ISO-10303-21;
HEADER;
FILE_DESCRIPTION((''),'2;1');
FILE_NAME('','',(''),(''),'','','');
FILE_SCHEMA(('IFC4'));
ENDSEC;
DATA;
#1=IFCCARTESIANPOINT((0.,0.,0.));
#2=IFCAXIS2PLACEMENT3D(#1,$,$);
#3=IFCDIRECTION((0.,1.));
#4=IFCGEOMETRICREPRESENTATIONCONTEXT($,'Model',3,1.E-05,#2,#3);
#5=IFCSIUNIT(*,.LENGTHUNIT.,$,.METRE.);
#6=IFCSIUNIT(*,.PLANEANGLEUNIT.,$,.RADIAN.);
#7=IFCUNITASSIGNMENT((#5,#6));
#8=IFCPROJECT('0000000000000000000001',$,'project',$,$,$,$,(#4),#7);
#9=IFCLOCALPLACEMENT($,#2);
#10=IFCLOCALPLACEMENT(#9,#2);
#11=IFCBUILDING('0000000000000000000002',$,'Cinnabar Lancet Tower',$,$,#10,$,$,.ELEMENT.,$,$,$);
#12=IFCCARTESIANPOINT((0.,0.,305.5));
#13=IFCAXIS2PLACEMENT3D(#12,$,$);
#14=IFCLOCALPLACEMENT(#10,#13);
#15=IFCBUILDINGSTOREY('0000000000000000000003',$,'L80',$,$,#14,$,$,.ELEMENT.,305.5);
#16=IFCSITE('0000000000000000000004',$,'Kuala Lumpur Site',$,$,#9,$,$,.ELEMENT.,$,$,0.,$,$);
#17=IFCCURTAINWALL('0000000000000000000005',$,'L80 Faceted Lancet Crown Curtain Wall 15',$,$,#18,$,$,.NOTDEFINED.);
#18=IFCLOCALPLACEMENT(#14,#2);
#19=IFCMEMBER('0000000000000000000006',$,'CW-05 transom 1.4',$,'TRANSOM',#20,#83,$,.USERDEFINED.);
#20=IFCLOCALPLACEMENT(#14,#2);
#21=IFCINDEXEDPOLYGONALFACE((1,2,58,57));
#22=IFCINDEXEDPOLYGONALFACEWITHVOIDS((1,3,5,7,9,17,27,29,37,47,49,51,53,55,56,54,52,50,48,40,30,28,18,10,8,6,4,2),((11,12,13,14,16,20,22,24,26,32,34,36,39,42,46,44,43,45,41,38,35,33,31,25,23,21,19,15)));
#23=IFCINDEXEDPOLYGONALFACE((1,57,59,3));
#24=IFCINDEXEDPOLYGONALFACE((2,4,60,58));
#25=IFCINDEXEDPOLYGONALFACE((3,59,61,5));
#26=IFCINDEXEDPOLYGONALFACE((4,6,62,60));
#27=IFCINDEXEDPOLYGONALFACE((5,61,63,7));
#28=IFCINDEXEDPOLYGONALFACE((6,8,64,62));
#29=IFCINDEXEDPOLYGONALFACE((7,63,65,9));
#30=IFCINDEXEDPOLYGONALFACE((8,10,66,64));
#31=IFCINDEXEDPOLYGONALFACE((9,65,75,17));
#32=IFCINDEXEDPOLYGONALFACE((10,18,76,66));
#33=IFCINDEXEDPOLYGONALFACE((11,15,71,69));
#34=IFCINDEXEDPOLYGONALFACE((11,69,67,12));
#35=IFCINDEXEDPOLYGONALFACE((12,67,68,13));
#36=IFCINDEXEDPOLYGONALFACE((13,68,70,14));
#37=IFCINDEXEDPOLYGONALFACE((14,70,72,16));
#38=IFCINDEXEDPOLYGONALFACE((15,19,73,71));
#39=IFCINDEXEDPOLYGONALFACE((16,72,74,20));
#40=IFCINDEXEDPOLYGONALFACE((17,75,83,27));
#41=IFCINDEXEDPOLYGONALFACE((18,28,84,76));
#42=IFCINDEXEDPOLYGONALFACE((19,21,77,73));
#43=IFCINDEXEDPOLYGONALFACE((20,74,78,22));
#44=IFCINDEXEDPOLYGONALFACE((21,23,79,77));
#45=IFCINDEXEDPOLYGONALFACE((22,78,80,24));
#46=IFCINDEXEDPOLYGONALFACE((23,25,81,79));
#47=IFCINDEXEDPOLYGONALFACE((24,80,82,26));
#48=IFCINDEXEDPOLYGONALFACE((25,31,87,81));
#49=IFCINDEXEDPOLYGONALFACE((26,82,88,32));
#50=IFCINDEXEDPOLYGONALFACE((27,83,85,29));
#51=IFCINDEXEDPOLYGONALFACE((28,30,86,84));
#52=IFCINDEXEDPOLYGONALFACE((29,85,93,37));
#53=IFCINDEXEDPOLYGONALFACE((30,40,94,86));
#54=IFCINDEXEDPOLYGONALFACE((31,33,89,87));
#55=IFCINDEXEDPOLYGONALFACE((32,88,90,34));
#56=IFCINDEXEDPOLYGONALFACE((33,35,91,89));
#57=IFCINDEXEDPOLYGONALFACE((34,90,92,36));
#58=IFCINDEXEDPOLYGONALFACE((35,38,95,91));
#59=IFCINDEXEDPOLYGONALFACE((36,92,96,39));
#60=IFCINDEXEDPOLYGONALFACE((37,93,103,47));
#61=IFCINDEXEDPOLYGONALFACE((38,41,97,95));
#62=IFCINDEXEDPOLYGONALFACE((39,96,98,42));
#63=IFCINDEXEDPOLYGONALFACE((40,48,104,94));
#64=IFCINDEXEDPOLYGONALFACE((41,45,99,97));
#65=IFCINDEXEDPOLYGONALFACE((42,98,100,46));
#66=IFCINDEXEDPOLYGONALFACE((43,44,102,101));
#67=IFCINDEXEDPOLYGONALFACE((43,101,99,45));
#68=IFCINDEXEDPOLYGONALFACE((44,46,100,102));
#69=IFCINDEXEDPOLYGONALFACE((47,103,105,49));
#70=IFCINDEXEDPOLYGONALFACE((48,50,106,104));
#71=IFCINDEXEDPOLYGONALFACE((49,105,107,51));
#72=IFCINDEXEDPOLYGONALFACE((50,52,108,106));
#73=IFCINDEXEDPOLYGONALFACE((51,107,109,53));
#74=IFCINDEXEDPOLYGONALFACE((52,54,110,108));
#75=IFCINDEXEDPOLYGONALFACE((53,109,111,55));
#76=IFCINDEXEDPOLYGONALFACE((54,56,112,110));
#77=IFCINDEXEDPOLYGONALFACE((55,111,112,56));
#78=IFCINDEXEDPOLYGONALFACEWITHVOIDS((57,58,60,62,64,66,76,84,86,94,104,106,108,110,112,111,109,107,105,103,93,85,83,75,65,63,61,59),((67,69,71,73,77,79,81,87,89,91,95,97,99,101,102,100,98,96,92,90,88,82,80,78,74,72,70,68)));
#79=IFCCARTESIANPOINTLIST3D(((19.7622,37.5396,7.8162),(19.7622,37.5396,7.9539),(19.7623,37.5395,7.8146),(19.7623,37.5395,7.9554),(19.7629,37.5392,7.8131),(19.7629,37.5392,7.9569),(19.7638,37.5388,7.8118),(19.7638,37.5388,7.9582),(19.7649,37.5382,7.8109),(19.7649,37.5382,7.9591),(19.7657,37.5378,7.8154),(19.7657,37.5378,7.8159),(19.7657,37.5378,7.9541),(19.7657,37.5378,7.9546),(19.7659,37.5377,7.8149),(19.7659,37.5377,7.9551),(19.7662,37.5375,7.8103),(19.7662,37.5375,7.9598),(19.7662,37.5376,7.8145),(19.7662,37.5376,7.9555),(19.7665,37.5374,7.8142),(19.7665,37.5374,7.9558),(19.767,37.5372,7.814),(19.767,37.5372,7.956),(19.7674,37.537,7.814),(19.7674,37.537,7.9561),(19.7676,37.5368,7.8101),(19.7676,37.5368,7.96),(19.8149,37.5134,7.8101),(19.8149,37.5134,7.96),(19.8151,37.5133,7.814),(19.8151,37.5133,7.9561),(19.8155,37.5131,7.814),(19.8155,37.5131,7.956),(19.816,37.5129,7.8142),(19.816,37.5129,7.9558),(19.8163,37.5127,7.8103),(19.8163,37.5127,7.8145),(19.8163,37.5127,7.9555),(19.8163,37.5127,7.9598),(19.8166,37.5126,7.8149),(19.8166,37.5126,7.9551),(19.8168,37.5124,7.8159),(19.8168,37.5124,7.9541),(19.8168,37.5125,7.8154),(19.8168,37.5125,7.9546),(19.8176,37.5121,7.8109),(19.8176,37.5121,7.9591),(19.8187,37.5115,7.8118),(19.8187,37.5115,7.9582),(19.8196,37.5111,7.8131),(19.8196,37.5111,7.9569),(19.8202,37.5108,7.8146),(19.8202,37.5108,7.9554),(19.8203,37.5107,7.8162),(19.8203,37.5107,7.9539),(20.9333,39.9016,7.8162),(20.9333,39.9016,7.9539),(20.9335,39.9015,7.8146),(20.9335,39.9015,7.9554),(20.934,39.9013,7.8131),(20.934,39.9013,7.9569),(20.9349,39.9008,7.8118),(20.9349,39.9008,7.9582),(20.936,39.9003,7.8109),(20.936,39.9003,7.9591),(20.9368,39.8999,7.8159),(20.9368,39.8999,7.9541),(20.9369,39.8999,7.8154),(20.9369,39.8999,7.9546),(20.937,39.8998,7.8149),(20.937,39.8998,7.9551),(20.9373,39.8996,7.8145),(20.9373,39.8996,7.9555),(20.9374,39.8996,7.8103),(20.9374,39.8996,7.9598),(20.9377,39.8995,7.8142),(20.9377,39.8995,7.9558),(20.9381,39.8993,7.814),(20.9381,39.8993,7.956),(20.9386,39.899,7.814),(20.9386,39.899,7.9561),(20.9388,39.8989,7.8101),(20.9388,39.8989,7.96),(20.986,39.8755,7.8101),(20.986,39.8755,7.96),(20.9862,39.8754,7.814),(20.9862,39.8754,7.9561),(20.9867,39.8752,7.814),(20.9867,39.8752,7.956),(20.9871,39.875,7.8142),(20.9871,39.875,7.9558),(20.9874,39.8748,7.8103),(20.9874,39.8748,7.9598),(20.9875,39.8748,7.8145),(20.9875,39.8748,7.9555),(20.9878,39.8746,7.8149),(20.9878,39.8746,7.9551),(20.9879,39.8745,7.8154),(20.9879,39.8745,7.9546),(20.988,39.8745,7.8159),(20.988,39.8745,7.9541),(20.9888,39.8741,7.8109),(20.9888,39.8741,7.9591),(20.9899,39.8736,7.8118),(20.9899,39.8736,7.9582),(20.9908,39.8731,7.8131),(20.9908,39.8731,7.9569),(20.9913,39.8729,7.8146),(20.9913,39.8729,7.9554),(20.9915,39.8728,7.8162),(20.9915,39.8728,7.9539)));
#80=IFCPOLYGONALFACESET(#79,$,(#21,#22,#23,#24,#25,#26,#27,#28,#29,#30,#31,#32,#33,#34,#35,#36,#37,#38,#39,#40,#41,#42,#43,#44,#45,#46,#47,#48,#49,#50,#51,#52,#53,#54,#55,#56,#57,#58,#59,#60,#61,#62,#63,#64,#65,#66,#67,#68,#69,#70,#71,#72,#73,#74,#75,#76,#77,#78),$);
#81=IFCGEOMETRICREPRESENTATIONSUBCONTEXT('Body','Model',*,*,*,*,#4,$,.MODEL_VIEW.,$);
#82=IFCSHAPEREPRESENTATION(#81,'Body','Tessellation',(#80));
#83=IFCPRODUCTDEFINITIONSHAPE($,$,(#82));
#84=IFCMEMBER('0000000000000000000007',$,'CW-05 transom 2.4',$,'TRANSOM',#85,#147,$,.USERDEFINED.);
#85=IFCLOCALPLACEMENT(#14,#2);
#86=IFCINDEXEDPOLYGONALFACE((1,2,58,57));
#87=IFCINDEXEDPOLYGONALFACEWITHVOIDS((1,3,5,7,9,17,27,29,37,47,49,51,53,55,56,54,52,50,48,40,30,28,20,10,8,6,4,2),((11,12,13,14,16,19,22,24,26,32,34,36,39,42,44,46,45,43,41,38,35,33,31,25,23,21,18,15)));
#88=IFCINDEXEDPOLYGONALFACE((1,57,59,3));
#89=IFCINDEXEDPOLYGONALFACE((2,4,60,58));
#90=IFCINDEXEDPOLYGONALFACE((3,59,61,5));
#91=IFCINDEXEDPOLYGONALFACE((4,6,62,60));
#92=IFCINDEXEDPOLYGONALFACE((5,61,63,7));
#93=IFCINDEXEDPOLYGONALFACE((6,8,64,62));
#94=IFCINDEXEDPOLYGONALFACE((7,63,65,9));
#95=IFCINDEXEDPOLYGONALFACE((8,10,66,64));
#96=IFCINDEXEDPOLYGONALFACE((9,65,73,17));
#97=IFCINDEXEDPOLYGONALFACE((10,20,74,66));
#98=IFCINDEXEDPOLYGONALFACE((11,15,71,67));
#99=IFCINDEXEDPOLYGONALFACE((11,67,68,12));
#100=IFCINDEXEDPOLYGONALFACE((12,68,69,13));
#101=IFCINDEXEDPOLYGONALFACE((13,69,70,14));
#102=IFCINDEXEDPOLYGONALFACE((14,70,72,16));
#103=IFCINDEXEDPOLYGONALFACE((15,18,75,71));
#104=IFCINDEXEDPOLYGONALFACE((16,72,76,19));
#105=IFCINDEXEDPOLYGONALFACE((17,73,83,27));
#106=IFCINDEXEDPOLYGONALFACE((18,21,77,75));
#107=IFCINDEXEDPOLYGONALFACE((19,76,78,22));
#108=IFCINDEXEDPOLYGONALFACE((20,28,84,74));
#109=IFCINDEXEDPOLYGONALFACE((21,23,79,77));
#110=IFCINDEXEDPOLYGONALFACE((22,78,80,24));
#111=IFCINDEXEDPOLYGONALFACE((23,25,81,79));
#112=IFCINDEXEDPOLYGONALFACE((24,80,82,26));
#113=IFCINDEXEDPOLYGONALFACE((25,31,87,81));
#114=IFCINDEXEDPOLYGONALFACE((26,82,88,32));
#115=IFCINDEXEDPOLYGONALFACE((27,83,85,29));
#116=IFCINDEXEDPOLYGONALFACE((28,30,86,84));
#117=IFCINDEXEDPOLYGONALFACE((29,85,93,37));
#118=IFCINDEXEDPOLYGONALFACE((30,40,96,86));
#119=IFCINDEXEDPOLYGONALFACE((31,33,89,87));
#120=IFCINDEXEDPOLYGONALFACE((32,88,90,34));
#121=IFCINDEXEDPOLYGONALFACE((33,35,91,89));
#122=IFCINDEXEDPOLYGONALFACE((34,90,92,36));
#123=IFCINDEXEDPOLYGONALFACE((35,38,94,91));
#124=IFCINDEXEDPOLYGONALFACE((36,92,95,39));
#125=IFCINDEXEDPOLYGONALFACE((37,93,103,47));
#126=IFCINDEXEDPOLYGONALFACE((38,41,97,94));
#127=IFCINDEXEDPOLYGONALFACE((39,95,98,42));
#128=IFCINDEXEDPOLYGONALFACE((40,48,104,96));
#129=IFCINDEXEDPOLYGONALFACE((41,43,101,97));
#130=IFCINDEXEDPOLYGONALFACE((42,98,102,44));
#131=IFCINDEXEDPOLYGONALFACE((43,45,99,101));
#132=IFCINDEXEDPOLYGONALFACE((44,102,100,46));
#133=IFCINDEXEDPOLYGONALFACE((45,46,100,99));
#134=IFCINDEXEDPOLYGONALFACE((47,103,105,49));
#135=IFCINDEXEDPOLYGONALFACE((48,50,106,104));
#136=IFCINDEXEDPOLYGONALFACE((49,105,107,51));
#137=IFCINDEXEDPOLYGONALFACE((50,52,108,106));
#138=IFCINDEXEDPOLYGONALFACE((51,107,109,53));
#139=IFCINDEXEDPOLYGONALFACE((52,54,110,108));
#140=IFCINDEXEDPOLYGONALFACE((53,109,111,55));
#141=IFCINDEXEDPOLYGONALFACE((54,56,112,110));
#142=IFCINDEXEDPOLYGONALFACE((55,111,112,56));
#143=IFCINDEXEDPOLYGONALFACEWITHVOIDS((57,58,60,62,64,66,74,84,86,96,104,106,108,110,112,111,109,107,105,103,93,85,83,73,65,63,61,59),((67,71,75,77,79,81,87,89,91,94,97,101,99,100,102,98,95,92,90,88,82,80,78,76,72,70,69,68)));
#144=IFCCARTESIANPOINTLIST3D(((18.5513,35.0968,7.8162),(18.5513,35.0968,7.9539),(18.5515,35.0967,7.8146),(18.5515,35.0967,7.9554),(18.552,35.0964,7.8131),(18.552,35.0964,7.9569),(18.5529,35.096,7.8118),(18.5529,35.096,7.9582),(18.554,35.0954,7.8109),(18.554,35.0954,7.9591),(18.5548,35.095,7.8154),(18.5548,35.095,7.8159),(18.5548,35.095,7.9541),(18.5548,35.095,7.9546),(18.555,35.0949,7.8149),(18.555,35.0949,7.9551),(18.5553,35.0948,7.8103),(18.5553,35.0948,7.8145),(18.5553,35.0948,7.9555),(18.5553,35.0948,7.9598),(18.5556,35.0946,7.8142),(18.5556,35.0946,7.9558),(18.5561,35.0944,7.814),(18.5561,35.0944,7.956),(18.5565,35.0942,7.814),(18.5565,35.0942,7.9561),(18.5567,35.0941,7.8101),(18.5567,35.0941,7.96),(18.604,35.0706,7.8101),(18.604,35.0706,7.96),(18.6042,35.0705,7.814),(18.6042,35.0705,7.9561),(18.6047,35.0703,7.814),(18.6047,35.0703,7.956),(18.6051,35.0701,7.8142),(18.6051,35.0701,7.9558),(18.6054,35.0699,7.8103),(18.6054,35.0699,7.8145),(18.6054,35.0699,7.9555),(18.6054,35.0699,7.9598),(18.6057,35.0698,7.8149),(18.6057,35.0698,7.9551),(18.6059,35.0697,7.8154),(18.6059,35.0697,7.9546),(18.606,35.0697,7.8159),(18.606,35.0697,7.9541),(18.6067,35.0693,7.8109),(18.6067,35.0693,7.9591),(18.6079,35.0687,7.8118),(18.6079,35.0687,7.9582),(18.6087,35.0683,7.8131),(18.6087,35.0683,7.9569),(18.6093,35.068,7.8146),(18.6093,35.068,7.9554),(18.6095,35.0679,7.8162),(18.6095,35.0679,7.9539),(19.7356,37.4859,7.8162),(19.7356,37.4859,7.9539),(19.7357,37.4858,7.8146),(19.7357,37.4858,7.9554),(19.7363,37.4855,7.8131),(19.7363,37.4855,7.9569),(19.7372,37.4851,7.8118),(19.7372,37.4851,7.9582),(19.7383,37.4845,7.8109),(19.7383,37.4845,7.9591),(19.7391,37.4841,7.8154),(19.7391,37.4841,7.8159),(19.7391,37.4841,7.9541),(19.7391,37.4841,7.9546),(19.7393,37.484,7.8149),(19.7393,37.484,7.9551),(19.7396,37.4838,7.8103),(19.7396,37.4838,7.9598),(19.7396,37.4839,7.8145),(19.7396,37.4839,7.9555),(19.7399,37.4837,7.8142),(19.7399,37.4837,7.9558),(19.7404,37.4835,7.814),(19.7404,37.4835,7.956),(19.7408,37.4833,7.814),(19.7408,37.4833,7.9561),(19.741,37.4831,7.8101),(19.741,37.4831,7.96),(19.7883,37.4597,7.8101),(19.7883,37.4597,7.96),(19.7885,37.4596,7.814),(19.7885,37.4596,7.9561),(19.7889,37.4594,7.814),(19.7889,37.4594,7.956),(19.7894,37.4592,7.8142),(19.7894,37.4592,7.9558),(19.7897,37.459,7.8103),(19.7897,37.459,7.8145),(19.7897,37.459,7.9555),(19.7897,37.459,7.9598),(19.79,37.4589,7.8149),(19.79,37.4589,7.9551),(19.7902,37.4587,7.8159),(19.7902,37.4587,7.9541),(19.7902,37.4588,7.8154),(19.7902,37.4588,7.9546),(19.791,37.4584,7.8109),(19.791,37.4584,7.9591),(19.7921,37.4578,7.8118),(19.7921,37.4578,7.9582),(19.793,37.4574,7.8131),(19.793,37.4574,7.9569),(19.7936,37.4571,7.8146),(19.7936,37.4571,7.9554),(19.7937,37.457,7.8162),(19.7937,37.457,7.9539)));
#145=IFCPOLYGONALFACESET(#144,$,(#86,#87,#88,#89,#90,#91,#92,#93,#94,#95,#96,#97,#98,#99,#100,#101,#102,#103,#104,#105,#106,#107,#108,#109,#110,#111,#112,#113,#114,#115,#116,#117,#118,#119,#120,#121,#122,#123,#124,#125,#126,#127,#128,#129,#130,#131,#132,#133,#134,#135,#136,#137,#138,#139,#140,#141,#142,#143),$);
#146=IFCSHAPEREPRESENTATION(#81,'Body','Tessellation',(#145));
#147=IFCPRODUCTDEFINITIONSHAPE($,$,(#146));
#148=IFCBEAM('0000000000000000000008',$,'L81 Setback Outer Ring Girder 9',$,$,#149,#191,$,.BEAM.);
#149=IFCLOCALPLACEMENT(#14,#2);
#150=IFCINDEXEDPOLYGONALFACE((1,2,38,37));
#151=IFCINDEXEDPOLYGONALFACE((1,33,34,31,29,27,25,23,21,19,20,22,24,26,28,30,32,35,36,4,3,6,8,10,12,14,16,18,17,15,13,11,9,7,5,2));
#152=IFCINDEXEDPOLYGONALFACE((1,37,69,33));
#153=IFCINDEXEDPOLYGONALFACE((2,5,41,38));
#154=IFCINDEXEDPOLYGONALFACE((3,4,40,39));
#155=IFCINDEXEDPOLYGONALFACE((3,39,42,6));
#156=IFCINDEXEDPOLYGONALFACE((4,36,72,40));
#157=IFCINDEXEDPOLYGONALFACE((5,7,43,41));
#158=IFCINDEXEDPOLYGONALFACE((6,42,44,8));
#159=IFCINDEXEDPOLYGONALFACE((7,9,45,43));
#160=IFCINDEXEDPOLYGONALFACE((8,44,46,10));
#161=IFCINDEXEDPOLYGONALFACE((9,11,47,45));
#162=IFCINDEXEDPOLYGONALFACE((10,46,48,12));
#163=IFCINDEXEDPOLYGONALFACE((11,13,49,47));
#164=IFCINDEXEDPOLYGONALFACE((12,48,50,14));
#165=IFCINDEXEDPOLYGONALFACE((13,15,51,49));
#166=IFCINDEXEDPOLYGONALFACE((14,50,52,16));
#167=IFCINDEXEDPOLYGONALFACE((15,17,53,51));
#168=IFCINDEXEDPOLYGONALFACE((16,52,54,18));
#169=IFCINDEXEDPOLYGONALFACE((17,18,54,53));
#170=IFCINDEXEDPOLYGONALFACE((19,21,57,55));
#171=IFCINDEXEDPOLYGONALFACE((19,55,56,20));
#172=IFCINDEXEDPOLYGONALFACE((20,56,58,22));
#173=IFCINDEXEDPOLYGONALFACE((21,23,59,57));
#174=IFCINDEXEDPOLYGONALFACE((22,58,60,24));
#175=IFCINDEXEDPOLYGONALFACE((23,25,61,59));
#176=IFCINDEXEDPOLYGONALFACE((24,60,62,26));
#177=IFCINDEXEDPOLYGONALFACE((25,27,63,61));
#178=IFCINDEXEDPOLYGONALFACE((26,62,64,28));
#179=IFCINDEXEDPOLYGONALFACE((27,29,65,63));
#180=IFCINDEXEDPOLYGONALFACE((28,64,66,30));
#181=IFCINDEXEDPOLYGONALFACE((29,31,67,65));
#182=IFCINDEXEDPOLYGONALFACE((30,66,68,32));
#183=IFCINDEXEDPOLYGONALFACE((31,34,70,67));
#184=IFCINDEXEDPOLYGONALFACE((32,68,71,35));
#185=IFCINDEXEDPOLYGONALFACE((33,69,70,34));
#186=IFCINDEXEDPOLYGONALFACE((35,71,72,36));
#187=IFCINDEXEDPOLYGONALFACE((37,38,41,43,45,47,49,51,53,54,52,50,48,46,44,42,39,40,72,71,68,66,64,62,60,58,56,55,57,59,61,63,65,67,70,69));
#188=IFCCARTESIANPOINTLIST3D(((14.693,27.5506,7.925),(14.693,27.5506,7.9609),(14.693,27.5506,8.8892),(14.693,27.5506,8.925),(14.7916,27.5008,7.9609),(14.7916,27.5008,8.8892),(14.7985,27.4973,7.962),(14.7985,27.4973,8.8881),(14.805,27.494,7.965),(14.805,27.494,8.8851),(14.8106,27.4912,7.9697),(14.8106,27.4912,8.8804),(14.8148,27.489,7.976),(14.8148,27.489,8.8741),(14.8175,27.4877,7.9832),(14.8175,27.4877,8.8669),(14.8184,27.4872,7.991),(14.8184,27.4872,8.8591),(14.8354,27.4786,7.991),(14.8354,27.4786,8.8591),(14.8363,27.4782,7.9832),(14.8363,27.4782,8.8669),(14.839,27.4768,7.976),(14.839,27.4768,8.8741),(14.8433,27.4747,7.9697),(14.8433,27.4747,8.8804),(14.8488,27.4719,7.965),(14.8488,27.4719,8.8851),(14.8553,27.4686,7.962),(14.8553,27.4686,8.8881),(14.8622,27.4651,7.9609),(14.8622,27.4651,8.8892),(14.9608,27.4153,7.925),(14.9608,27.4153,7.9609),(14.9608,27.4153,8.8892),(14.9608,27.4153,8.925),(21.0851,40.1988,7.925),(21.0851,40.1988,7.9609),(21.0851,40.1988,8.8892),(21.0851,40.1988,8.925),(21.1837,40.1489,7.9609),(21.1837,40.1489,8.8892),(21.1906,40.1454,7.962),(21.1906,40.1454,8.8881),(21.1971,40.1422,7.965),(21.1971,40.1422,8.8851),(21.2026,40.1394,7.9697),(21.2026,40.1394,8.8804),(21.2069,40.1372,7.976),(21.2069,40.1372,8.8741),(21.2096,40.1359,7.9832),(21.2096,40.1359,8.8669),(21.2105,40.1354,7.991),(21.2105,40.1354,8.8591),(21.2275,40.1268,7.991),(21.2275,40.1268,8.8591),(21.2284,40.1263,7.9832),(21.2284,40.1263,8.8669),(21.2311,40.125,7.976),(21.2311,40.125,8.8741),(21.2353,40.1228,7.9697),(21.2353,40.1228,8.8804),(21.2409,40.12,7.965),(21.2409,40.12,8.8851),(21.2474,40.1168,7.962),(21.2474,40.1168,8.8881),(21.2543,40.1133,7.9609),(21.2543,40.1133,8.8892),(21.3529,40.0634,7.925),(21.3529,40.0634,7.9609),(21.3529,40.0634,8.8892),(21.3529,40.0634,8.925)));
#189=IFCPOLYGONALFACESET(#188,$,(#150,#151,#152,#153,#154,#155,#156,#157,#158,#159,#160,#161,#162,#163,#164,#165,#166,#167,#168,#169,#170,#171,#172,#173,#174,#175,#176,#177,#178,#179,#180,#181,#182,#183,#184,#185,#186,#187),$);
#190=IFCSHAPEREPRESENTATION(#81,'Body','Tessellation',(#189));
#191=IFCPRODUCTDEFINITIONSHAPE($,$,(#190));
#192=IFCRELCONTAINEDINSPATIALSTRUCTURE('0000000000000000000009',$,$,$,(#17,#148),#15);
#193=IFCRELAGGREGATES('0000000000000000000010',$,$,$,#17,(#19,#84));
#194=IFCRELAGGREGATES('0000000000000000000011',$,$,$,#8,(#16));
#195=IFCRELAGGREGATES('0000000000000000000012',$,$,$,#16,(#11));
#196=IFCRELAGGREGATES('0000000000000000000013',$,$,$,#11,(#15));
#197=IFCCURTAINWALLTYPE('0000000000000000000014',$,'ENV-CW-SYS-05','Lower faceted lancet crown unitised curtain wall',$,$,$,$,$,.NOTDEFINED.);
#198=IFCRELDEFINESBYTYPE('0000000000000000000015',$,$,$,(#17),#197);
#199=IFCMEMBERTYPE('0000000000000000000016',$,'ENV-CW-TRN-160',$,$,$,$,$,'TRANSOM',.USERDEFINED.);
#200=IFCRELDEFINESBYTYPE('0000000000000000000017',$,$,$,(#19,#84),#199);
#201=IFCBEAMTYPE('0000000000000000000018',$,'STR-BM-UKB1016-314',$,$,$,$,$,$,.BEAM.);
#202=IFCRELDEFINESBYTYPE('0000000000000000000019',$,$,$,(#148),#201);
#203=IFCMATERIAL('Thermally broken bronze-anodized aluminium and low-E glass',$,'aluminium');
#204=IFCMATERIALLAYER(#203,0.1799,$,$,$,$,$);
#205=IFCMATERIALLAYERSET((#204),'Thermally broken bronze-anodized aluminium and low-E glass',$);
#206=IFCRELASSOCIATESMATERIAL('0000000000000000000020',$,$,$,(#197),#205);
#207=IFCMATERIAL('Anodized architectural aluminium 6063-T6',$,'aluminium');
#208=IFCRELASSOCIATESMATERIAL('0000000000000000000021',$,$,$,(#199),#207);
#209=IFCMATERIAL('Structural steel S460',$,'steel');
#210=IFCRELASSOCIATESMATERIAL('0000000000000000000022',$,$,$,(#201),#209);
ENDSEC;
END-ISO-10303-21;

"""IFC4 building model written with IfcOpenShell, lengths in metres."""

from ifc_helpers import new_model, si_unit, direction, frame, origin, origin_2d, place, context, subcontext, project, spatial, hollow_rectangle, i_section, extrude, material, layer, layer_set, material_profile, profile_set, type_object, element, aggregate, save


model = new_model("IFC4")

# Units and contexts
model_context = context("Model", 3, precision=1e-05, world=origin(), true_north=direction((0.0, 1.0)))
body_context = subcontext(model_context, "Body", "Model", "MODEL_VIEW")
ifc_project = project(units=[si_unit("LENGTHUNIT", "METRE"), si_unit("PLANEANGLEUNIT", "RADIAN")], contexts=[model_context])

# Site, building, storey
site_placement = place(None, origin())
site = spatial("IfcSite", under=ifc_project, at=site_placement, Name="Kuala Lumpur Site", CompositionType="ELEMENT", RefElevation=0.0)
building_placement = place(site_placement, origin())
building = spatial("IfcBuilding", under=site, at=building_placement, Name="Cinnabar Lancet Tower", CompositionType="ELEMENT")
storey_placement = place(building_placement, frame((0.0, 0.0, 305.5)))
storey = spatial("IfcBuildingStorey", under=building, at=storey_placement, Name="L80", CompositionType="ELEMENT", Elevation=305.5)

# Shared definitions
ifc_material_1 = material(Name="Thermally broken bronze-anodized aluminium and low-E glass", Category="aluminium")
ifc_layer_1 = layer(ifc_material_1, 0.1799)
ifc_layer_set_1 = layer_set([ifc_layer_1], Name="Thermally broken bronze-anodized aluminium and low-E glass")
curtain_wall_type = type_object("IfcCurtainWallType", Name="ENV-CW-SYS-05", Description="Lower faceted lancet crown unitised curtain wall", PredefinedType="NOTDEFINED", material=ifc_layer_set_1)

# Curtain wall
curtain_wall_1_placement = place(storey_placement, origin())
curtain_wall_1 = element("IfcCurtainWall", 1, at=curtain_wall_1_placement, inside=storey, type_object=curtain_wall_type, Name="L80 Faceted Lancet Crown Curtain Wall 15", PredefinedType="NOTDEFINED")

# Members
ifc_material_2 = material(Name="Anodized architectural aluminium 6063-T6", Category="aluminium")
ifc_material_profile_1 = material_profile(ifc_material_2, hollow_rectangle(XDim=0.0649, YDim=0.1499, WallThickness=0.0039, InnerFilletRadius=0.002, OuterFilletRadius=0.0061, at=origin_2d()), Name="CW-TRN 150x65x4")
ifc_profile_set_1 = profile_set([ifc_material_profile_1], Name="Anodized architectural aluminium 6063-T6")
member_type_1 = type_object("IfcMemberType", Name="ENV-CW-TRN-160", ElementType="TRANSOM", PredefinedType="USERDEFINED", material=ifc_profile_set_1)
member_1_placement = place(storey_placement, frame((20.9624, 39.8872, 7.885), z_axis=(-0.444211, -0.895922, 0.0), x_axis=(0.895922, -0.444211, 0.0)))
member_1 = element("IfcMember", 2, at=member_1_placement, type_object=member_type_1, Name="CW-05 transom 1.4", ObjectType="TRANSOM", PredefinedType="USERDEFINED", context=body_context, shape_type="SweptSolid", body=[
    extrude(hollow_rectangle(XDim=0.0649, YDim=0.1499, WallThickness=0.0039, InnerFilletRadius=0.002, OuterFilletRadius=0.0061, at=origin_2d()), origin(), (0.0, 0.0, 1.0), 2.6365),
])
member_2_placement = place(storey_placement, frame((19.7646, 37.4714, 7.885), z_axis=(-0.444135, -0.89596, 0.0), x_axis=(0.89596, -0.444135, 0.0)))
member_2 = element("IfcMember", 3, at=member_2_placement, type_object=member_type_1, Name="CW-05 transom 2.4", ObjectType="TRANSOM", PredefinedType="USERDEFINED", context=body_context, shape_type="SweptSolid", body=[
    extrude(hollow_rectangle(XDim=0.0649, YDim=0.1499, WallThickness=0.0039, InnerFilletRadius=0.002, OuterFilletRadius=0.0061, at=origin_2d()), origin(), (0.0, 0.0, 1.0), 2.6665),
])

# Beam
ifc_material_3 = material(Name="Structural steel S460", Category="steel")
ifc_material_profile_2 = material_profile(ifc_material_3, i_section(OverallWidth=0.3, OverallDepth=1.0, WebThickness=0.019, FlangeThickness=0.0359, FilletRadius=0.03, at=origin_2d()), Name="UKB 1016x305x314")
ifc_profile_set_2 = profile_set([ifc_material_profile_2], Name="Structural steel S460")
beam_type = type_object("IfcBeamType", Name="STR-BM-UKB1016-314", PredefinedType="BEAM", material=ifc_profile_set_2)
beam_1_placement = place(storey_placement, frame((21.219, 40.1311, 8.425), z_axis=(-0.451048, -0.8925, 0.0), x_axis=(0.8925, -0.451048, 0.0)))
element("IfcBeam", 4, at=beam_1_placement, inside=storey, type_object=beam_type, Name="L81 Setback Outer Ring Girder 9", PredefinedType="BEAM", context=body_context, shape_type="SweptSolid", body=[
    extrude(i_section(OverallWidth=0.3, OverallDepth=1.0, WebThickness=0.019, FlangeThickness=0.0359, FilletRadius=0.03, at=origin_2d()), origin(), (0.0, 0.0, 1.0), 14.1716),
])

aggregate(curtain_wall_1, [member_1, member_2])

save(model, "model.ifc")
